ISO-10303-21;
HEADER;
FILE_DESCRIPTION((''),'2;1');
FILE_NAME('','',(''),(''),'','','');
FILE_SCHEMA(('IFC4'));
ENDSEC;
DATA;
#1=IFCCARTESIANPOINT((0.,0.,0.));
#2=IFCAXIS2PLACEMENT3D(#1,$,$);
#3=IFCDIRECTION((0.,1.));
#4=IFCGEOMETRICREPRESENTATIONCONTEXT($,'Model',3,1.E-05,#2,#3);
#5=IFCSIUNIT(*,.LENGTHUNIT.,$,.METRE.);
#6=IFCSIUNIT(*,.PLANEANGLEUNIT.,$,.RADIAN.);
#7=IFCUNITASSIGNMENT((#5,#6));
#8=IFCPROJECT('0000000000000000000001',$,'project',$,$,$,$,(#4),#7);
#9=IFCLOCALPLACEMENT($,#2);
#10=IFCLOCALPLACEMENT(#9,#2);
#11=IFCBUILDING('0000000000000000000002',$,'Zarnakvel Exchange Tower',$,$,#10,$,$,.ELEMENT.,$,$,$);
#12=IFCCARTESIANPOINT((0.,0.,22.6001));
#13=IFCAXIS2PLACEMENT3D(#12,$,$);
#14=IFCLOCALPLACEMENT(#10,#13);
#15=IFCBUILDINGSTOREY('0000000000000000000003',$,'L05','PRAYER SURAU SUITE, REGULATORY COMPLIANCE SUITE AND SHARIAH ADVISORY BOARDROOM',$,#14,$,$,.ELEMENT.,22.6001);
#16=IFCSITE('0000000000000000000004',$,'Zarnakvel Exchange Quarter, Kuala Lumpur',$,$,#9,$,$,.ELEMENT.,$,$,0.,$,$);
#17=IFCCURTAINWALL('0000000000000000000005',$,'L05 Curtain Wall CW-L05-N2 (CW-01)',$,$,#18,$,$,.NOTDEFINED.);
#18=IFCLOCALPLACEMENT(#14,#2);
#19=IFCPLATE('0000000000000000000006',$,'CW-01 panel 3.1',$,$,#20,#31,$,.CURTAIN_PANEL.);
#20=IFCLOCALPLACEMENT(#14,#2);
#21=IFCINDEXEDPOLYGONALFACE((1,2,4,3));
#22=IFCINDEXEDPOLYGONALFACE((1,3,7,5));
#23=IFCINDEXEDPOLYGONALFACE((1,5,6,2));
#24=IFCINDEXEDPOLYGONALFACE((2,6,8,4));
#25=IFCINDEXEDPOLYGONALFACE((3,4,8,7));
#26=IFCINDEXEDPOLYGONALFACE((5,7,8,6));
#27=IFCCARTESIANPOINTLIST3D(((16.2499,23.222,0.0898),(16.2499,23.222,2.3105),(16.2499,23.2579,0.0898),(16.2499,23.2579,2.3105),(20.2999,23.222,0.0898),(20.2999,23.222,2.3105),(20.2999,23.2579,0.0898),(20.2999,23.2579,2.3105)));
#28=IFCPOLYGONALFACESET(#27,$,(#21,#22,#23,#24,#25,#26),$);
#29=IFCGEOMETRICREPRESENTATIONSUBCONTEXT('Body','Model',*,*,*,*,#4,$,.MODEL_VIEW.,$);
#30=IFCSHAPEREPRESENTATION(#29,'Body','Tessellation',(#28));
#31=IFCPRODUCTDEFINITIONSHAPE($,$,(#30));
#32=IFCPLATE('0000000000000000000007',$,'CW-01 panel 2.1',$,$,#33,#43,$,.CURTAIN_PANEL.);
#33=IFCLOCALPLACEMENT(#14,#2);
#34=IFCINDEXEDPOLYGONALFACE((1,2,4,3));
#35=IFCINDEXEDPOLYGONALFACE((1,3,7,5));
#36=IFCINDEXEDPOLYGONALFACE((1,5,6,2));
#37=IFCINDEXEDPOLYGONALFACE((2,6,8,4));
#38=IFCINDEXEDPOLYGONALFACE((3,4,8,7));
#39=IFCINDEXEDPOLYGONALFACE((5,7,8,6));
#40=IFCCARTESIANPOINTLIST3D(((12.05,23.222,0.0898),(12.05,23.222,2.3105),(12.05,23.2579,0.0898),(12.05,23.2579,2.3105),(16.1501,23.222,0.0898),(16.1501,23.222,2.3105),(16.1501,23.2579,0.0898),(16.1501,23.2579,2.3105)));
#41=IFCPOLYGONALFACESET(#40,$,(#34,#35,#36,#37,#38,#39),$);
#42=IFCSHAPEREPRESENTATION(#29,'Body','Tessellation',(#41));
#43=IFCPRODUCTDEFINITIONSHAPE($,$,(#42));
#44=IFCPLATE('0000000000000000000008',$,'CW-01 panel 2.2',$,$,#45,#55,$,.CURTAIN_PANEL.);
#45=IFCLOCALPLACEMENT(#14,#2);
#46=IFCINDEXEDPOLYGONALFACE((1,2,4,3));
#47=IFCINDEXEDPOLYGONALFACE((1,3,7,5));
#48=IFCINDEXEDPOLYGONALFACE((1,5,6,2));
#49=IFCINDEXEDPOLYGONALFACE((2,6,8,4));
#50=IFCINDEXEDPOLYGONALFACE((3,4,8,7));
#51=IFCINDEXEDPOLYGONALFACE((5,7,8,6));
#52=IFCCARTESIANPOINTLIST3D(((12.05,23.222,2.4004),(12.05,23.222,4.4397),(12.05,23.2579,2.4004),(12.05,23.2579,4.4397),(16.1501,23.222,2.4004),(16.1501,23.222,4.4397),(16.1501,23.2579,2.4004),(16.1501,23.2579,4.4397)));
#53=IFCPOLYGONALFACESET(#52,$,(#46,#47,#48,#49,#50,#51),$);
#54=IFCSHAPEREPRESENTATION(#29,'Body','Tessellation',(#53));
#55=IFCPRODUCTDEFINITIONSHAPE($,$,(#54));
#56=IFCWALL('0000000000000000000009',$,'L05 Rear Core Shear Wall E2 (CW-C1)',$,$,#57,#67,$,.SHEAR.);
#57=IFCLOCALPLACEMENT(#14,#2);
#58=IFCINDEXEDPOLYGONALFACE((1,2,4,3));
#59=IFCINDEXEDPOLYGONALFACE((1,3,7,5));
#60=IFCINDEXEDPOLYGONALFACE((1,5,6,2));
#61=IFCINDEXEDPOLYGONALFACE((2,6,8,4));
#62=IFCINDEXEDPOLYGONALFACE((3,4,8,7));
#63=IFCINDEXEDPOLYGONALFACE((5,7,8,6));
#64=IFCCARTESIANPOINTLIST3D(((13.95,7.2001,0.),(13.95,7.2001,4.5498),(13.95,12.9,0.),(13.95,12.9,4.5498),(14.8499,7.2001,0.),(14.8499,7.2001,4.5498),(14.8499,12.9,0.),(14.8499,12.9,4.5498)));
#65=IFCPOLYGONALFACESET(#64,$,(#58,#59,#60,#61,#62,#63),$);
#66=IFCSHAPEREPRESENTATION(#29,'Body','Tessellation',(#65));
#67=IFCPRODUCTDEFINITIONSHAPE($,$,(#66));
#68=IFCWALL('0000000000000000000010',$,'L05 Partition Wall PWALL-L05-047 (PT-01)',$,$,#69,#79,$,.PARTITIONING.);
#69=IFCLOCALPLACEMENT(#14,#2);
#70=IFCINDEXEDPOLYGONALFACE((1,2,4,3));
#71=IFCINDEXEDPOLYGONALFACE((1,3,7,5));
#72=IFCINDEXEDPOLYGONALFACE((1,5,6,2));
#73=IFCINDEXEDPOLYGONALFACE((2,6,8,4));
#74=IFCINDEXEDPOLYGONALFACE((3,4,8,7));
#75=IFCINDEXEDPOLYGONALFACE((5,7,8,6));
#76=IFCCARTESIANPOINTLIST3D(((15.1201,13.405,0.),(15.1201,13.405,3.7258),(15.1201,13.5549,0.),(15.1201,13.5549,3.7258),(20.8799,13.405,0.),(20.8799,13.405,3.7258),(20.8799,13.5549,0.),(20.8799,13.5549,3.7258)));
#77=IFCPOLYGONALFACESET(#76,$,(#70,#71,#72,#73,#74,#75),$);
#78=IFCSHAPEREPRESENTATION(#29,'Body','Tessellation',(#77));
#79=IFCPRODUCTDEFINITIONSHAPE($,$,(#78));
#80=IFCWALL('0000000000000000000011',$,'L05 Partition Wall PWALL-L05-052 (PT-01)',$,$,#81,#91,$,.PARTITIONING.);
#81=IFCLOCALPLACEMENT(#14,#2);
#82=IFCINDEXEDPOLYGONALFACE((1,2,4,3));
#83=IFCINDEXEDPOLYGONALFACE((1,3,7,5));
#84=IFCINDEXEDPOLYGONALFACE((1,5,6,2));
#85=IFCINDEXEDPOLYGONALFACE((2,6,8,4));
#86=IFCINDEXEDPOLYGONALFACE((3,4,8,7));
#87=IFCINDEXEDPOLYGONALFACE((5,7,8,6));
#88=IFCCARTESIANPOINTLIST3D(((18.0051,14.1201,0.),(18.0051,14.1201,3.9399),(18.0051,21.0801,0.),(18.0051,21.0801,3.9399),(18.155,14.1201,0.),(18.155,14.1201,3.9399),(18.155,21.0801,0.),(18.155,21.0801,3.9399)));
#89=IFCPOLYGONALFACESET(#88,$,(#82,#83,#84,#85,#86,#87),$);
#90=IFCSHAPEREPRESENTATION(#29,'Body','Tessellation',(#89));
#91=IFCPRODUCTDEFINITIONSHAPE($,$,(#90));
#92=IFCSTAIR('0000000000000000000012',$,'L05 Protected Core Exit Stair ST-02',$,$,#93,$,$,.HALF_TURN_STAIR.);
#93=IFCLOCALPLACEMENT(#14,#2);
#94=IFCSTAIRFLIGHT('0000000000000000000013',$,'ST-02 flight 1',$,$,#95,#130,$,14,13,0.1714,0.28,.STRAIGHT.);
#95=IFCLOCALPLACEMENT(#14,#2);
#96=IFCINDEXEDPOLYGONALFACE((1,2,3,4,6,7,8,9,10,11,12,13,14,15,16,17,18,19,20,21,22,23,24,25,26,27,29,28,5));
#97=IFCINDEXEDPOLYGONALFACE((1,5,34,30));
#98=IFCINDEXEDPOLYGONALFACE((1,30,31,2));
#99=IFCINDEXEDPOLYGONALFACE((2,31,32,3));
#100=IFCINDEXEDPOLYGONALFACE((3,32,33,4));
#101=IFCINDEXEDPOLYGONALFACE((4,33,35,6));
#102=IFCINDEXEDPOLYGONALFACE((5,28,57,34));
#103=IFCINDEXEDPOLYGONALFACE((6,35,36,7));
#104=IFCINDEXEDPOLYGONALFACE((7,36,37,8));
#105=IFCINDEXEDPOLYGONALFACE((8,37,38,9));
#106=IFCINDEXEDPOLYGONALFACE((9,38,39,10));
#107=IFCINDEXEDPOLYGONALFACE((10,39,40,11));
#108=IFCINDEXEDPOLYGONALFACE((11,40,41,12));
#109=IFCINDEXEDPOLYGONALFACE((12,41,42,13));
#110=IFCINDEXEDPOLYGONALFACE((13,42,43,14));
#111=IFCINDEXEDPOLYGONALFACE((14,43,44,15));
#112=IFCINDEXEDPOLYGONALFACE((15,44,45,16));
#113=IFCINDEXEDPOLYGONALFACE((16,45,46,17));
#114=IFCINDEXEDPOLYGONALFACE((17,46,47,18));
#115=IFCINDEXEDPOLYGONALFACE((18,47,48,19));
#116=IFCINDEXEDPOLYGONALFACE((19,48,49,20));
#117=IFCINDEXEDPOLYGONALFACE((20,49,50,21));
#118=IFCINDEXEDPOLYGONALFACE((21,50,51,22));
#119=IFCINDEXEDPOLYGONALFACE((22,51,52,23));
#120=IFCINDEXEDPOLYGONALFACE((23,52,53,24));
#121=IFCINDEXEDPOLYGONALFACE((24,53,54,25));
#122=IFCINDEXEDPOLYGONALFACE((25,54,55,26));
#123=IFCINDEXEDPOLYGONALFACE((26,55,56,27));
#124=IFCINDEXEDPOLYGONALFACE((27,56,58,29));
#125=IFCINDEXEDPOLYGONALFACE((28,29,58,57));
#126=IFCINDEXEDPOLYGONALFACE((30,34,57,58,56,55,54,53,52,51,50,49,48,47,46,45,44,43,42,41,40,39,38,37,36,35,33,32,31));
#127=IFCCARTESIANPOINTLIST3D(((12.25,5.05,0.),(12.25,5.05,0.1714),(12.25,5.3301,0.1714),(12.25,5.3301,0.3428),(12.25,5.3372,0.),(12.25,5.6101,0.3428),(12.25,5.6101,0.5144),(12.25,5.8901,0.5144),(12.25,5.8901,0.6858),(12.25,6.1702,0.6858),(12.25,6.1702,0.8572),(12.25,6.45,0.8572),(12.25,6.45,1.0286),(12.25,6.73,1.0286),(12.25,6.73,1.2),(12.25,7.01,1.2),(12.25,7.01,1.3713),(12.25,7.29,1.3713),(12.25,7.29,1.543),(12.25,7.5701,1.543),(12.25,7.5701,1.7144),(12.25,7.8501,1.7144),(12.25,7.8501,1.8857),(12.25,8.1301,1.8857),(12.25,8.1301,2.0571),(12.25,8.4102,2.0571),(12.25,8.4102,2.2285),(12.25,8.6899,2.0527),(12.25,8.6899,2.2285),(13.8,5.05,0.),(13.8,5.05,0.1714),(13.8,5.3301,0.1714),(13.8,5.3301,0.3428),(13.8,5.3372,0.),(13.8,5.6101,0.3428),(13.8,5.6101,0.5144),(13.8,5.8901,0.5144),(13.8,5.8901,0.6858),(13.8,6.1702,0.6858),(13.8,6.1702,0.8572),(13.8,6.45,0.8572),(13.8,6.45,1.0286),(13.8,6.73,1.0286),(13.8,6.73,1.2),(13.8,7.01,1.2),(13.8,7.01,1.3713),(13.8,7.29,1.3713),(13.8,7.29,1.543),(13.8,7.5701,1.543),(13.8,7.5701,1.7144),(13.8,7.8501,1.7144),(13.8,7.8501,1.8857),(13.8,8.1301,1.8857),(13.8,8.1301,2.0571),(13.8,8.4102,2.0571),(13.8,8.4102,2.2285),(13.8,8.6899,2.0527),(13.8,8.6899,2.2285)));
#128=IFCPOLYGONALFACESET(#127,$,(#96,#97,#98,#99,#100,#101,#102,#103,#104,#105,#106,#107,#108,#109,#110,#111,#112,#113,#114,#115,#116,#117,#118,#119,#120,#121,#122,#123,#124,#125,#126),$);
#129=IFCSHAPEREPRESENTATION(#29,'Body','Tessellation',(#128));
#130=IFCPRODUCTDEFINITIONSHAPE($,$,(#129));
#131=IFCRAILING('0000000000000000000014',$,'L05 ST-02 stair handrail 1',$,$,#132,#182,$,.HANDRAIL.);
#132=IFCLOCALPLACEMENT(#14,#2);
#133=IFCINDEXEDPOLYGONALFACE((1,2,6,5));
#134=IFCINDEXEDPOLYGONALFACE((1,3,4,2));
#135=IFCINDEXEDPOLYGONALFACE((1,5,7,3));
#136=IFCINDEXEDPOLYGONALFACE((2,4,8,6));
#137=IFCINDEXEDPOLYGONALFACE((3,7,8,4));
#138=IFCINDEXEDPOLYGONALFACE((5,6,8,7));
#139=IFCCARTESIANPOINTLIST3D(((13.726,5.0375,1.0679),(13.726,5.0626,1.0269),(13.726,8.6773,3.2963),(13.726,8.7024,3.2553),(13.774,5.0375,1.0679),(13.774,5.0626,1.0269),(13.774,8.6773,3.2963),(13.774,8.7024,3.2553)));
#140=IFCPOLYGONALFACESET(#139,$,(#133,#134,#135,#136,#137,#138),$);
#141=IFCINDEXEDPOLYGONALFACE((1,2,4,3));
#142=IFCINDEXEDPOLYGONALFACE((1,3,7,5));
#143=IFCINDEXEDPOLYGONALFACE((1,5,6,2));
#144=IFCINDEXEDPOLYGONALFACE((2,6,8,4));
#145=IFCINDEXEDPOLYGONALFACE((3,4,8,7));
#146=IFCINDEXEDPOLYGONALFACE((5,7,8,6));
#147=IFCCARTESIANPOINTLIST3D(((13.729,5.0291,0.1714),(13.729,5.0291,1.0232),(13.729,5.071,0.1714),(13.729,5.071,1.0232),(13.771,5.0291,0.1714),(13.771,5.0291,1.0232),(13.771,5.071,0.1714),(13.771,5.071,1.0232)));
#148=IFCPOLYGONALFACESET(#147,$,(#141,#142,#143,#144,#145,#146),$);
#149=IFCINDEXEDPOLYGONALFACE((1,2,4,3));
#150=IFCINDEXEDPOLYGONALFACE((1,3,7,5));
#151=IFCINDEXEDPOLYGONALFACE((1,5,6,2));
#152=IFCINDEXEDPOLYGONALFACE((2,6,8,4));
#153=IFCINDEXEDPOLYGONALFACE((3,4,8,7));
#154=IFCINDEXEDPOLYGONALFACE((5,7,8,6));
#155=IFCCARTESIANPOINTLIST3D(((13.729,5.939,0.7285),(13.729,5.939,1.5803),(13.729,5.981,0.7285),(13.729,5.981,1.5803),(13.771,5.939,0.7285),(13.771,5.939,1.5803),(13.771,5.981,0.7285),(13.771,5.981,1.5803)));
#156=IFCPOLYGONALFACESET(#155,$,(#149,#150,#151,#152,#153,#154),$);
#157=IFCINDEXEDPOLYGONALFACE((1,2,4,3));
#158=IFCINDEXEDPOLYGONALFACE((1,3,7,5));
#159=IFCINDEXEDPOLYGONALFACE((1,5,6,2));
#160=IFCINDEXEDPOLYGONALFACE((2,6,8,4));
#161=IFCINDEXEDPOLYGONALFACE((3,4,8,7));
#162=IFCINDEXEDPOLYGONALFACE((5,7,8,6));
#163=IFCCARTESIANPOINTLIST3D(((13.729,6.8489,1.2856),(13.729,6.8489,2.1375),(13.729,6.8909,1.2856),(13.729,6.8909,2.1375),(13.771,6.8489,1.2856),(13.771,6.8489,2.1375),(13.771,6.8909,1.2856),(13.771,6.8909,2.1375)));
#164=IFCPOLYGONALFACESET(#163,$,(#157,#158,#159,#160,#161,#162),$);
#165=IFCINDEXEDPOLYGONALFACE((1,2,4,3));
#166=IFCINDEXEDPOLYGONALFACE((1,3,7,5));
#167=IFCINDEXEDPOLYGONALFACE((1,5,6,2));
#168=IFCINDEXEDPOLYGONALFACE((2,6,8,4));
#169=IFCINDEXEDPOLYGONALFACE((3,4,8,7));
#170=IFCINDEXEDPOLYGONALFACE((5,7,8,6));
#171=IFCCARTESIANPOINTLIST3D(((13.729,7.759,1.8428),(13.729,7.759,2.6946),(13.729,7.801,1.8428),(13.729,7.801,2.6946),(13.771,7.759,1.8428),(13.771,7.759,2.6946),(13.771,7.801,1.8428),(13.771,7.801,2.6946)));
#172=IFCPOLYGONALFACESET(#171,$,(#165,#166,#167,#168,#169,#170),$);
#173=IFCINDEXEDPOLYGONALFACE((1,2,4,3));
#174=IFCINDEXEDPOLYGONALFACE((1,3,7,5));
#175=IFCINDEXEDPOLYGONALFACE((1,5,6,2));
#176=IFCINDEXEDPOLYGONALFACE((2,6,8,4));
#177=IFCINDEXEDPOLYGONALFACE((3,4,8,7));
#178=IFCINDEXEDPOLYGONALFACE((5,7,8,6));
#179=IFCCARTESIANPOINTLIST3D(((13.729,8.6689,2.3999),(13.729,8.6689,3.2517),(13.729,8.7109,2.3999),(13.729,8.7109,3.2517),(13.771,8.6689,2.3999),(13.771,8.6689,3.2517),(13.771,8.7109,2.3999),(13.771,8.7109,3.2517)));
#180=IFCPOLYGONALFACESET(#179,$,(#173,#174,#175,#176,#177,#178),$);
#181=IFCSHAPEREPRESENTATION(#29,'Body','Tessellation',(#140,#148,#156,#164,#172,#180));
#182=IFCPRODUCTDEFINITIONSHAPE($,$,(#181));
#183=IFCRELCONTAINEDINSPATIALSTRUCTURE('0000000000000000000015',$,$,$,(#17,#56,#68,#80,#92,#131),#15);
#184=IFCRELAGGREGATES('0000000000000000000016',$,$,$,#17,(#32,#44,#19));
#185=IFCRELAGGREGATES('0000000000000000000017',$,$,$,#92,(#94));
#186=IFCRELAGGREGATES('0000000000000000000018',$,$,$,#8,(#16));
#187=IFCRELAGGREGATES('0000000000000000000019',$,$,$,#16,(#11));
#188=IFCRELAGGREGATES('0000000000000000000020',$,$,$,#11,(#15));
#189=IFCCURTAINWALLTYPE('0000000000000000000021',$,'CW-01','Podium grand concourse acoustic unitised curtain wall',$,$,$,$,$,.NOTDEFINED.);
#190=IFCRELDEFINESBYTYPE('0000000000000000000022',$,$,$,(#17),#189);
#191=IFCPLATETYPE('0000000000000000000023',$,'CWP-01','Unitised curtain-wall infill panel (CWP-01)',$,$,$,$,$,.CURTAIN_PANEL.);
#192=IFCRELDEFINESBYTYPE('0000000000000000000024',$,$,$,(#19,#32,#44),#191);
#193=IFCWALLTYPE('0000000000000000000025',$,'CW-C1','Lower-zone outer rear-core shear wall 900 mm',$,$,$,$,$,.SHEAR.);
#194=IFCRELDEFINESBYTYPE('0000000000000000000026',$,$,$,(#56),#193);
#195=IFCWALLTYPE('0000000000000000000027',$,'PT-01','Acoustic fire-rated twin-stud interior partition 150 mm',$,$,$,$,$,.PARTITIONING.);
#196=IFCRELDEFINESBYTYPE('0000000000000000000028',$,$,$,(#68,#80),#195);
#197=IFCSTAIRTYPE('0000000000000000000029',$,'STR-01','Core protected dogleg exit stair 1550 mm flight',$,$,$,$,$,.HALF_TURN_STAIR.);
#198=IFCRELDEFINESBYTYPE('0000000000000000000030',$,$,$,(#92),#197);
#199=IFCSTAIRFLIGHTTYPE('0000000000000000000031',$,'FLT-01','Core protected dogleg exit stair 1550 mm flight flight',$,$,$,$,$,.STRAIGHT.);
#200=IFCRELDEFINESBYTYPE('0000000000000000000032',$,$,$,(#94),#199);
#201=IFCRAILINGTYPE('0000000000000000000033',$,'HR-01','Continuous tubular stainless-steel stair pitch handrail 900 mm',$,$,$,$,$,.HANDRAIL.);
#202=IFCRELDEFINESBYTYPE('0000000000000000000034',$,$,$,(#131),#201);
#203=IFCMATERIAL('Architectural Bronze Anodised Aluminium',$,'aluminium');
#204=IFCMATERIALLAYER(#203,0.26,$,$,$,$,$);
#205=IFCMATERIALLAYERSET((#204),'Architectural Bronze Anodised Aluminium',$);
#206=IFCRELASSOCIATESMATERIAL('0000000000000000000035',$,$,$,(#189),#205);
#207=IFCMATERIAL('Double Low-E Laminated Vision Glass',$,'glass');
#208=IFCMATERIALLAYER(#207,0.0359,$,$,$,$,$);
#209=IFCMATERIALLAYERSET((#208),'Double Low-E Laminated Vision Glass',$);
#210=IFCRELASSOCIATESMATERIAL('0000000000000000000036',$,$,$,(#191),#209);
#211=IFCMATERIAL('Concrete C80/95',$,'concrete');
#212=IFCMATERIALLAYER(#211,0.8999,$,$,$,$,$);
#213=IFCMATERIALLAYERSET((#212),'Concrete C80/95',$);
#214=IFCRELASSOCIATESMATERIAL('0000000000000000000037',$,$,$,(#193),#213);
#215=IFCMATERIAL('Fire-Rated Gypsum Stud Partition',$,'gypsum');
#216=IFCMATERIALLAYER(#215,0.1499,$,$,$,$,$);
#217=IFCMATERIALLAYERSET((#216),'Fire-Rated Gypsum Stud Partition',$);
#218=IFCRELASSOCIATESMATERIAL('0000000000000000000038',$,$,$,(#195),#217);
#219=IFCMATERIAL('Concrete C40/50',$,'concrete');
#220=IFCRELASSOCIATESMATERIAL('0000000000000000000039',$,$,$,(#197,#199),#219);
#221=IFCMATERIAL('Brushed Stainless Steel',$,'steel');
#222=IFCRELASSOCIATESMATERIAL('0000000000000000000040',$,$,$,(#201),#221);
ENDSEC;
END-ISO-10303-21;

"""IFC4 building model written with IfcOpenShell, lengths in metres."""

from ifc_helpers import new_model, si_unit, direction, frame, frame_2d, origin, origin_2d, place, context, subcontext, project, spatial, polyline, rectangle, outline, extrude, source, transform, mapped, material, layer, layer_set, type_object, element, aggregate, save


model = new_model("IFC4")

# Units and contexts
model_context = context("Model", 3, precision=1e-05, world=origin(), true_north=direction((0.0, 1.0)))
body_context = subcontext(model_context, "Body", "Model", "MODEL_VIEW")
ifc_project = project(units=[si_unit("LENGTHUNIT", "METRE"), si_unit("PLANEANGLEUNIT", "RADIAN")], contexts=[model_context])

# Site, building, storey
site_placement = place(None, origin())
site = spatial("IfcSite", under=ifc_project, at=site_placement, Name="Zarnakvel Exchange Quarter, Kuala Lumpur", CompositionType="ELEMENT", RefElevation=0.0)
building_placement = place(site_placement, origin())
building = spatial("IfcBuilding", under=site, at=building_placement, Name="Zarnakvel Exchange Tower", CompositionType="ELEMENT")
storey_placement = place(building_placement, frame((0.0, 0.0, 22.6001)))
storey = spatial("IfcBuildingStorey", under=building, at=storey_placement, Name="L05", Description="PRAYER SURAU SUITE, REGULATORY COMPLIANCE SUITE AND SHARIAH ADVISORY BOARDROOM", CompositionType="ELEMENT", Elevation=22.6001)

# Shared definitions
ifc_material_1 = material(Name="Concrete C80/95", Category="concrete")

# Curtain wall, plates
ifc_material_2 = material(Name="Architectural Bronze Anodised Aluminium", Category="aluminium")
ifc_layer_1 = layer(ifc_material_2, 0.26)
ifc_layer_set_1 = layer_set([ifc_layer_1], Name="Architectural Bronze Anodised Aluminium")
curtain_wall_type = type_object("IfcCurtainWallType", Name="CW-01", Description="Podium grand concourse acoustic unitised curtain wall", PredefinedType="NOTDEFINED", material=ifc_layer_set_1)
curtain_wall_placement = place(storey_placement, origin())
curtain_wall = element("IfcCurtainWall", 1, at=curtain_wall_placement, inside=storey, type_object=curtain_wall_type, Name="L05 Curtain Wall CW-L05-N2 (CW-01)", PredefinedType="NOTDEFINED")
ifc_material_3 = material(Name="Double Low-E Laminated Vision Glass", Category="glass")
ifc_layer_2 = layer(ifc_material_3, 0.0359)
ifc_layer_set_2 = layer_set([ifc_layer_2], Name="Double Low-E Laminated Vision Glass")
plate_type = type_object("IfcPlateType", Name="CWP-01", Description="Unitised curtain-wall infill panel (CWP-01)", PredefinedType="CURTAIN_PANEL", material=ifc_layer_set_2)
shared_shape_1 = source(origin(), body_context, "Body", "SweptSolid", [
    extrude(rectangle(XDim=4.05, YDim=0.0359, at=origin_2d()), origin(), (0.0, 0.0, 1.0), 2.2207),
])
plate_1_placement = place(storey_placement, frame((18.2749, 23.24, 0.0898), z_axis=(0.0, 0.0, 1.0), x_axis=(1.0, 0.0, 0.0)))
plate_1 = element("IfcPlate", 2, at=plate_1_placement, type_object=plate_type, Name="CW-01 panel 3.1", PredefinedType="CURTAIN_PANEL", context=body_context, shape_type="MappedRepresentation", body=[
    mapped(shared_shape_1, transform((0.0, 0.0, 0.0), x_axis=(1.0, 0.0, 0.0), y_axis=(0.0, 1.0, 0.0), z_axis=(0.0, 0.0, 1.0), scale=1.0)),
])
shared_shape_2 = source(origin(), body_context, "Body", "SweptSolid", [
    extrude(rectangle(XDim=4.1001, YDim=0.0359, at=origin_2d()), origin(), (0.0, 0.0, 1.0), 2.2207),
])
plate_2_placement = place(storey_placement, frame((14.1001, 23.24, 0.0898), z_axis=(0.0, 0.0, 1.0), x_axis=(1.0, 0.0, 0.0)))
plate_2 = element("IfcPlate", 3, at=plate_2_placement, type_object=plate_type, Name="CW-01 panel 2.1", PredefinedType="CURTAIN_PANEL", context=body_context, shape_type="MappedRepresentation", body=[
    mapped(shared_shape_2, transform((0.0, 0.0, 0.0), x_axis=(1.0, 0.0, 0.0), y_axis=(0.0, 1.0, 0.0), z_axis=(0.0, 0.0, 1.0), scale=1.0)),
])
shared_shape_3 = source(origin(), body_context, "Body", "SweptSolid", [
    extrude(rectangle(XDim=4.1001, YDim=0.0359, at=origin_2d()), origin(), (0.0, 0.0, 1.0), 2.0393),
])
plate_3_placement = place(storey_placement, frame((14.1001, 23.24, 2.4004), z_axis=(0.0, 0.0, 1.0), x_axis=(1.0, 0.0, 0.0)))
plate_3 = element("IfcPlate", 4, at=plate_3_placement, type_object=plate_type, Name="CW-01 panel 2.2", PredefinedType="CURTAIN_PANEL", context=body_context, shape_type="MappedRepresentation", body=[
    mapped(shared_shape_3, transform((0.0, 0.0, 0.0), x_axis=(1.0, 0.0, 0.0), y_axis=(0.0, 1.0, 0.0), z_axis=(0.0, 0.0, 1.0), scale=1.0)),
])
aggregate(curtain_wall, [plate_2, plate_3, plate_1])

# Walls
ifc_layer_3 = layer(ifc_material_1, 0.8999)
ifc_layer_set_3 = layer_set([ifc_layer_3], Name="Concrete C80/95")
wall_type_1 = type_object("IfcWallType", Name="CW-C1", Description="Lower-zone outer rear-core shear wall 900 mm", PredefinedType="SHEAR", material=ifc_layer_set_3)
wall_1_placement = place(storey_placement, frame((14.3999, 7.2, 0.0), z_axis=(0.0, 0.0, 1.0), x_axis=(0.0, 1.0, 0.0)))
element("IfcWall", 5, at=wall_1_placement, inside=storey, type_object=wall_type_1, Name="L05 Rear Core Shear Wall E2 (CW-C1)", PredefinedType="SHEAR", context=body_context, shape_type="SweptSolid", body=[
    extrude(rectangle(XDim=5.7, YDim=0.8999, at=frame_2d((2.8501, 0.0))), origin(), (0.0, 0.0, 1.0), 4.5498),
])
ifc_material_4 = material(Name="Fire-Rated Gypsum Stud Partition", Category="gypsum")
ifc_layer_4 = layer(ifc_material_4, 0.1499)
ifc_layer_set_4 = layer_set([ifc_layer_4], Name="Fire-Rated Gypsum Stud Partition")
wall_type_2 = type_object("IfcWallType", Name="PT-01", Description="Acoustic fire-rated twin-stud interior partition 150 mm", PredefinedType="PARTITIONING", material=ifc_layer_set_4)
wall_2_placement = place(storey_placement, frame((15.1201, 13.48, 0.0), z_axis=(0.0, 0.0, 1.0), x_axis=(1.0, 0.0, 0.0)))
element("IfcWall", 6, at=wall_2_placement, inside=storey, type_object=wall_type_2, Name="L05 Partition Wall PWALL-L05-047 (PT-01)", PredefinedType="PARTITIONING", context=body_context, shape_type="SweptSolid", body=[
    extrude(rectangle(XDim=5.7598, YDim=0.1499, at=frame_2d((2.8799, 0.0))), origin(), (0.0, 0.0, 1.0), 3.7258),
])
wall_3_placement = place(storey_placement, frame((18.0801, 21.0801, 0.0), z_axis=(0.0, 0.0, 1.0), x_axis=(0.0, -1.0, 0.0)))
element("IfcWall", 7, at=wall_3_placement, inside=storey, type_object=wall_type_2, Name="L05 Partition Wall PWALL-L05-052 (PT-01)", PredefinedType="PARTITIONING", context=body_context, shape_type="SweptSolid", body=[
    extrude(rectangle(XDim=6.96, YDim=0.1499, at=frame_2d((3.48, 0.0))), origin(), (0.0, 0.0, 1.0), 3.9399),
])

# Shared definitions
ifc_material_5 = material(Name="Concrete C40/50", Category="concrete")

# Stair, stair flight
stair_type = type_object("IfcStairType", Name="STR-01", Description="Core protected dogleg exit stair 1550 mm flight", PredefinedType="HALF_TURN_STAIR", material=ifc_material_5)
stair_placement = place(storey_placement, origin())
stair = element("IfcStair", 8, at=stair_placement, inside=storey, type_object=stair_type, Name="L05 Protected Core Exit Stair ST-02", PredefinedType="HALF_TURN_STAIR")
stair_flight_type = type_object("IfcStairFlightType", Name="FLT-01", Description="Core protected dogleg exit stair 1550 mm flight flight", PredefinedType="STRAIGHT", material=ifc_material_5)
stair_flight_placement = place(storey_placement, frame((13.0249, 5.05, 0.0), z_axis=(0.0, 0.0, 1.0), x_axis=(0.0, 1.0, 0.0)))
stair_flight = element("IfcStairFlight", 9, at=stair_flight_placement, type_object=stair_flight_type, Name="ST-02 flight 1", NumberOfRisers=14, NumberOfTreads=13, PredefinedType="STRAIGHT", RiserHeight=0.1714, TreadLength=0.28, context=body_context, shape_type="SweptSolid", body=[
    extrude(outline(polyline([(0.0, 0.0), (0.0, 0.1714), (0.28, 0.1714), (0.28, 0.3428), (0.5601, 0.3428), (0.5601, 0.5144), (0.8401, 0.5144), (0.8401, 0.6858), (1.1201, 0.6858), (1.1201, 0.8572), (1.3999, 0.8572), (1.3999, 1.0286), (1.6799, 1.0286), (1.6799, 1.2), (1.96, 1.2), (1.96, 1.3713), (2.24, 1.3713), (2.24, 1.543), (2.52, 1.543), (2.52, 1.7144), (2.8, 1.7144), (2.8, 1.8857), (3.0801, 1.8857), (3.0801, 2.0571), (3.3601, 2.0571), (3.3601, 2.2285), (3.6399, 2.2285), (3.6399, 2.3999), (3.6399, 2.0527), (0.2871, 0.0), (0.0, 0.0)])), frame((0.0, 0.7749, 0.0), z_axis=(0.0, -1.0, 0.0), x_axis=(1.0, 0.0, 0.0)), (0.0, 0.0, 1.0), 1.55),
])
aggregate(stair, [stair_flight])

# Railing
ifc_material_6 = material(Name="Brushed Stainless Steel", Category="steel")
railing_type_1 = type_object("IfcRailingType", Name="HR-01", Description="Continuous tubular stainless-steel stair pitch handrail 900 mm", PredefinedType="HANDRAIL", material=ifc_material_6)
railing_1_placement = place(storey_placement, frame((13.75, 5.05, 0.1714)))
element("IfcRailing", 10, at=railing_1_placement, inside=storey, type_object=railing_type_1, Name="L05 ST-02 stair handrail 1", PredefinedType="HANDRAIL", context=body_context, shape_type="SweptSolid", body=[
    extrude(rectangle(XDim=0.0481, YDim=0.0481, at=origin_2d()), frame((0.0, 0.0, 0.876), z_axis=(0.0, 0.85285, 0.522156), x_axis=(-1.0, 0.0, 0.0)), (0.0, 0.0, 1.0), 4.2678),
    extrude(rectangle(XDim=0.042, YDim=0.042, at=origin_2d()), origin(), (0.0, 0.0, 1.0), 0.8518),
    extrude(rectangle(XDim=0.042, YDim=0.042, at=origin_2d()), frame((0.0, 0.9099, 0.5571)), (0.0, 0.0, 1.0), 0.8518),
    extrude(rectangle(XDim=0.042, YDim=0.042, at=origin_2d()), frame((0.0, 1.8198, 1.1143)), (0.0, 0.0, 1.0), 0.8518),
    extrude(rectangle(XDim=0.042, YDim=0.042, at=origin_2d()), frame((0.0, 2.73, 1.6714)), (0.0, 0.0, 1.0), 0.8518),
    extrude(rectangle(XDim=0.042, YDim=0.042, at=origin_2d()), frame((0.0, 3.6399, 2.2285)), (0.0, 0.0, 1.0), 0.8518),
])

save(model, "model.ifc")
